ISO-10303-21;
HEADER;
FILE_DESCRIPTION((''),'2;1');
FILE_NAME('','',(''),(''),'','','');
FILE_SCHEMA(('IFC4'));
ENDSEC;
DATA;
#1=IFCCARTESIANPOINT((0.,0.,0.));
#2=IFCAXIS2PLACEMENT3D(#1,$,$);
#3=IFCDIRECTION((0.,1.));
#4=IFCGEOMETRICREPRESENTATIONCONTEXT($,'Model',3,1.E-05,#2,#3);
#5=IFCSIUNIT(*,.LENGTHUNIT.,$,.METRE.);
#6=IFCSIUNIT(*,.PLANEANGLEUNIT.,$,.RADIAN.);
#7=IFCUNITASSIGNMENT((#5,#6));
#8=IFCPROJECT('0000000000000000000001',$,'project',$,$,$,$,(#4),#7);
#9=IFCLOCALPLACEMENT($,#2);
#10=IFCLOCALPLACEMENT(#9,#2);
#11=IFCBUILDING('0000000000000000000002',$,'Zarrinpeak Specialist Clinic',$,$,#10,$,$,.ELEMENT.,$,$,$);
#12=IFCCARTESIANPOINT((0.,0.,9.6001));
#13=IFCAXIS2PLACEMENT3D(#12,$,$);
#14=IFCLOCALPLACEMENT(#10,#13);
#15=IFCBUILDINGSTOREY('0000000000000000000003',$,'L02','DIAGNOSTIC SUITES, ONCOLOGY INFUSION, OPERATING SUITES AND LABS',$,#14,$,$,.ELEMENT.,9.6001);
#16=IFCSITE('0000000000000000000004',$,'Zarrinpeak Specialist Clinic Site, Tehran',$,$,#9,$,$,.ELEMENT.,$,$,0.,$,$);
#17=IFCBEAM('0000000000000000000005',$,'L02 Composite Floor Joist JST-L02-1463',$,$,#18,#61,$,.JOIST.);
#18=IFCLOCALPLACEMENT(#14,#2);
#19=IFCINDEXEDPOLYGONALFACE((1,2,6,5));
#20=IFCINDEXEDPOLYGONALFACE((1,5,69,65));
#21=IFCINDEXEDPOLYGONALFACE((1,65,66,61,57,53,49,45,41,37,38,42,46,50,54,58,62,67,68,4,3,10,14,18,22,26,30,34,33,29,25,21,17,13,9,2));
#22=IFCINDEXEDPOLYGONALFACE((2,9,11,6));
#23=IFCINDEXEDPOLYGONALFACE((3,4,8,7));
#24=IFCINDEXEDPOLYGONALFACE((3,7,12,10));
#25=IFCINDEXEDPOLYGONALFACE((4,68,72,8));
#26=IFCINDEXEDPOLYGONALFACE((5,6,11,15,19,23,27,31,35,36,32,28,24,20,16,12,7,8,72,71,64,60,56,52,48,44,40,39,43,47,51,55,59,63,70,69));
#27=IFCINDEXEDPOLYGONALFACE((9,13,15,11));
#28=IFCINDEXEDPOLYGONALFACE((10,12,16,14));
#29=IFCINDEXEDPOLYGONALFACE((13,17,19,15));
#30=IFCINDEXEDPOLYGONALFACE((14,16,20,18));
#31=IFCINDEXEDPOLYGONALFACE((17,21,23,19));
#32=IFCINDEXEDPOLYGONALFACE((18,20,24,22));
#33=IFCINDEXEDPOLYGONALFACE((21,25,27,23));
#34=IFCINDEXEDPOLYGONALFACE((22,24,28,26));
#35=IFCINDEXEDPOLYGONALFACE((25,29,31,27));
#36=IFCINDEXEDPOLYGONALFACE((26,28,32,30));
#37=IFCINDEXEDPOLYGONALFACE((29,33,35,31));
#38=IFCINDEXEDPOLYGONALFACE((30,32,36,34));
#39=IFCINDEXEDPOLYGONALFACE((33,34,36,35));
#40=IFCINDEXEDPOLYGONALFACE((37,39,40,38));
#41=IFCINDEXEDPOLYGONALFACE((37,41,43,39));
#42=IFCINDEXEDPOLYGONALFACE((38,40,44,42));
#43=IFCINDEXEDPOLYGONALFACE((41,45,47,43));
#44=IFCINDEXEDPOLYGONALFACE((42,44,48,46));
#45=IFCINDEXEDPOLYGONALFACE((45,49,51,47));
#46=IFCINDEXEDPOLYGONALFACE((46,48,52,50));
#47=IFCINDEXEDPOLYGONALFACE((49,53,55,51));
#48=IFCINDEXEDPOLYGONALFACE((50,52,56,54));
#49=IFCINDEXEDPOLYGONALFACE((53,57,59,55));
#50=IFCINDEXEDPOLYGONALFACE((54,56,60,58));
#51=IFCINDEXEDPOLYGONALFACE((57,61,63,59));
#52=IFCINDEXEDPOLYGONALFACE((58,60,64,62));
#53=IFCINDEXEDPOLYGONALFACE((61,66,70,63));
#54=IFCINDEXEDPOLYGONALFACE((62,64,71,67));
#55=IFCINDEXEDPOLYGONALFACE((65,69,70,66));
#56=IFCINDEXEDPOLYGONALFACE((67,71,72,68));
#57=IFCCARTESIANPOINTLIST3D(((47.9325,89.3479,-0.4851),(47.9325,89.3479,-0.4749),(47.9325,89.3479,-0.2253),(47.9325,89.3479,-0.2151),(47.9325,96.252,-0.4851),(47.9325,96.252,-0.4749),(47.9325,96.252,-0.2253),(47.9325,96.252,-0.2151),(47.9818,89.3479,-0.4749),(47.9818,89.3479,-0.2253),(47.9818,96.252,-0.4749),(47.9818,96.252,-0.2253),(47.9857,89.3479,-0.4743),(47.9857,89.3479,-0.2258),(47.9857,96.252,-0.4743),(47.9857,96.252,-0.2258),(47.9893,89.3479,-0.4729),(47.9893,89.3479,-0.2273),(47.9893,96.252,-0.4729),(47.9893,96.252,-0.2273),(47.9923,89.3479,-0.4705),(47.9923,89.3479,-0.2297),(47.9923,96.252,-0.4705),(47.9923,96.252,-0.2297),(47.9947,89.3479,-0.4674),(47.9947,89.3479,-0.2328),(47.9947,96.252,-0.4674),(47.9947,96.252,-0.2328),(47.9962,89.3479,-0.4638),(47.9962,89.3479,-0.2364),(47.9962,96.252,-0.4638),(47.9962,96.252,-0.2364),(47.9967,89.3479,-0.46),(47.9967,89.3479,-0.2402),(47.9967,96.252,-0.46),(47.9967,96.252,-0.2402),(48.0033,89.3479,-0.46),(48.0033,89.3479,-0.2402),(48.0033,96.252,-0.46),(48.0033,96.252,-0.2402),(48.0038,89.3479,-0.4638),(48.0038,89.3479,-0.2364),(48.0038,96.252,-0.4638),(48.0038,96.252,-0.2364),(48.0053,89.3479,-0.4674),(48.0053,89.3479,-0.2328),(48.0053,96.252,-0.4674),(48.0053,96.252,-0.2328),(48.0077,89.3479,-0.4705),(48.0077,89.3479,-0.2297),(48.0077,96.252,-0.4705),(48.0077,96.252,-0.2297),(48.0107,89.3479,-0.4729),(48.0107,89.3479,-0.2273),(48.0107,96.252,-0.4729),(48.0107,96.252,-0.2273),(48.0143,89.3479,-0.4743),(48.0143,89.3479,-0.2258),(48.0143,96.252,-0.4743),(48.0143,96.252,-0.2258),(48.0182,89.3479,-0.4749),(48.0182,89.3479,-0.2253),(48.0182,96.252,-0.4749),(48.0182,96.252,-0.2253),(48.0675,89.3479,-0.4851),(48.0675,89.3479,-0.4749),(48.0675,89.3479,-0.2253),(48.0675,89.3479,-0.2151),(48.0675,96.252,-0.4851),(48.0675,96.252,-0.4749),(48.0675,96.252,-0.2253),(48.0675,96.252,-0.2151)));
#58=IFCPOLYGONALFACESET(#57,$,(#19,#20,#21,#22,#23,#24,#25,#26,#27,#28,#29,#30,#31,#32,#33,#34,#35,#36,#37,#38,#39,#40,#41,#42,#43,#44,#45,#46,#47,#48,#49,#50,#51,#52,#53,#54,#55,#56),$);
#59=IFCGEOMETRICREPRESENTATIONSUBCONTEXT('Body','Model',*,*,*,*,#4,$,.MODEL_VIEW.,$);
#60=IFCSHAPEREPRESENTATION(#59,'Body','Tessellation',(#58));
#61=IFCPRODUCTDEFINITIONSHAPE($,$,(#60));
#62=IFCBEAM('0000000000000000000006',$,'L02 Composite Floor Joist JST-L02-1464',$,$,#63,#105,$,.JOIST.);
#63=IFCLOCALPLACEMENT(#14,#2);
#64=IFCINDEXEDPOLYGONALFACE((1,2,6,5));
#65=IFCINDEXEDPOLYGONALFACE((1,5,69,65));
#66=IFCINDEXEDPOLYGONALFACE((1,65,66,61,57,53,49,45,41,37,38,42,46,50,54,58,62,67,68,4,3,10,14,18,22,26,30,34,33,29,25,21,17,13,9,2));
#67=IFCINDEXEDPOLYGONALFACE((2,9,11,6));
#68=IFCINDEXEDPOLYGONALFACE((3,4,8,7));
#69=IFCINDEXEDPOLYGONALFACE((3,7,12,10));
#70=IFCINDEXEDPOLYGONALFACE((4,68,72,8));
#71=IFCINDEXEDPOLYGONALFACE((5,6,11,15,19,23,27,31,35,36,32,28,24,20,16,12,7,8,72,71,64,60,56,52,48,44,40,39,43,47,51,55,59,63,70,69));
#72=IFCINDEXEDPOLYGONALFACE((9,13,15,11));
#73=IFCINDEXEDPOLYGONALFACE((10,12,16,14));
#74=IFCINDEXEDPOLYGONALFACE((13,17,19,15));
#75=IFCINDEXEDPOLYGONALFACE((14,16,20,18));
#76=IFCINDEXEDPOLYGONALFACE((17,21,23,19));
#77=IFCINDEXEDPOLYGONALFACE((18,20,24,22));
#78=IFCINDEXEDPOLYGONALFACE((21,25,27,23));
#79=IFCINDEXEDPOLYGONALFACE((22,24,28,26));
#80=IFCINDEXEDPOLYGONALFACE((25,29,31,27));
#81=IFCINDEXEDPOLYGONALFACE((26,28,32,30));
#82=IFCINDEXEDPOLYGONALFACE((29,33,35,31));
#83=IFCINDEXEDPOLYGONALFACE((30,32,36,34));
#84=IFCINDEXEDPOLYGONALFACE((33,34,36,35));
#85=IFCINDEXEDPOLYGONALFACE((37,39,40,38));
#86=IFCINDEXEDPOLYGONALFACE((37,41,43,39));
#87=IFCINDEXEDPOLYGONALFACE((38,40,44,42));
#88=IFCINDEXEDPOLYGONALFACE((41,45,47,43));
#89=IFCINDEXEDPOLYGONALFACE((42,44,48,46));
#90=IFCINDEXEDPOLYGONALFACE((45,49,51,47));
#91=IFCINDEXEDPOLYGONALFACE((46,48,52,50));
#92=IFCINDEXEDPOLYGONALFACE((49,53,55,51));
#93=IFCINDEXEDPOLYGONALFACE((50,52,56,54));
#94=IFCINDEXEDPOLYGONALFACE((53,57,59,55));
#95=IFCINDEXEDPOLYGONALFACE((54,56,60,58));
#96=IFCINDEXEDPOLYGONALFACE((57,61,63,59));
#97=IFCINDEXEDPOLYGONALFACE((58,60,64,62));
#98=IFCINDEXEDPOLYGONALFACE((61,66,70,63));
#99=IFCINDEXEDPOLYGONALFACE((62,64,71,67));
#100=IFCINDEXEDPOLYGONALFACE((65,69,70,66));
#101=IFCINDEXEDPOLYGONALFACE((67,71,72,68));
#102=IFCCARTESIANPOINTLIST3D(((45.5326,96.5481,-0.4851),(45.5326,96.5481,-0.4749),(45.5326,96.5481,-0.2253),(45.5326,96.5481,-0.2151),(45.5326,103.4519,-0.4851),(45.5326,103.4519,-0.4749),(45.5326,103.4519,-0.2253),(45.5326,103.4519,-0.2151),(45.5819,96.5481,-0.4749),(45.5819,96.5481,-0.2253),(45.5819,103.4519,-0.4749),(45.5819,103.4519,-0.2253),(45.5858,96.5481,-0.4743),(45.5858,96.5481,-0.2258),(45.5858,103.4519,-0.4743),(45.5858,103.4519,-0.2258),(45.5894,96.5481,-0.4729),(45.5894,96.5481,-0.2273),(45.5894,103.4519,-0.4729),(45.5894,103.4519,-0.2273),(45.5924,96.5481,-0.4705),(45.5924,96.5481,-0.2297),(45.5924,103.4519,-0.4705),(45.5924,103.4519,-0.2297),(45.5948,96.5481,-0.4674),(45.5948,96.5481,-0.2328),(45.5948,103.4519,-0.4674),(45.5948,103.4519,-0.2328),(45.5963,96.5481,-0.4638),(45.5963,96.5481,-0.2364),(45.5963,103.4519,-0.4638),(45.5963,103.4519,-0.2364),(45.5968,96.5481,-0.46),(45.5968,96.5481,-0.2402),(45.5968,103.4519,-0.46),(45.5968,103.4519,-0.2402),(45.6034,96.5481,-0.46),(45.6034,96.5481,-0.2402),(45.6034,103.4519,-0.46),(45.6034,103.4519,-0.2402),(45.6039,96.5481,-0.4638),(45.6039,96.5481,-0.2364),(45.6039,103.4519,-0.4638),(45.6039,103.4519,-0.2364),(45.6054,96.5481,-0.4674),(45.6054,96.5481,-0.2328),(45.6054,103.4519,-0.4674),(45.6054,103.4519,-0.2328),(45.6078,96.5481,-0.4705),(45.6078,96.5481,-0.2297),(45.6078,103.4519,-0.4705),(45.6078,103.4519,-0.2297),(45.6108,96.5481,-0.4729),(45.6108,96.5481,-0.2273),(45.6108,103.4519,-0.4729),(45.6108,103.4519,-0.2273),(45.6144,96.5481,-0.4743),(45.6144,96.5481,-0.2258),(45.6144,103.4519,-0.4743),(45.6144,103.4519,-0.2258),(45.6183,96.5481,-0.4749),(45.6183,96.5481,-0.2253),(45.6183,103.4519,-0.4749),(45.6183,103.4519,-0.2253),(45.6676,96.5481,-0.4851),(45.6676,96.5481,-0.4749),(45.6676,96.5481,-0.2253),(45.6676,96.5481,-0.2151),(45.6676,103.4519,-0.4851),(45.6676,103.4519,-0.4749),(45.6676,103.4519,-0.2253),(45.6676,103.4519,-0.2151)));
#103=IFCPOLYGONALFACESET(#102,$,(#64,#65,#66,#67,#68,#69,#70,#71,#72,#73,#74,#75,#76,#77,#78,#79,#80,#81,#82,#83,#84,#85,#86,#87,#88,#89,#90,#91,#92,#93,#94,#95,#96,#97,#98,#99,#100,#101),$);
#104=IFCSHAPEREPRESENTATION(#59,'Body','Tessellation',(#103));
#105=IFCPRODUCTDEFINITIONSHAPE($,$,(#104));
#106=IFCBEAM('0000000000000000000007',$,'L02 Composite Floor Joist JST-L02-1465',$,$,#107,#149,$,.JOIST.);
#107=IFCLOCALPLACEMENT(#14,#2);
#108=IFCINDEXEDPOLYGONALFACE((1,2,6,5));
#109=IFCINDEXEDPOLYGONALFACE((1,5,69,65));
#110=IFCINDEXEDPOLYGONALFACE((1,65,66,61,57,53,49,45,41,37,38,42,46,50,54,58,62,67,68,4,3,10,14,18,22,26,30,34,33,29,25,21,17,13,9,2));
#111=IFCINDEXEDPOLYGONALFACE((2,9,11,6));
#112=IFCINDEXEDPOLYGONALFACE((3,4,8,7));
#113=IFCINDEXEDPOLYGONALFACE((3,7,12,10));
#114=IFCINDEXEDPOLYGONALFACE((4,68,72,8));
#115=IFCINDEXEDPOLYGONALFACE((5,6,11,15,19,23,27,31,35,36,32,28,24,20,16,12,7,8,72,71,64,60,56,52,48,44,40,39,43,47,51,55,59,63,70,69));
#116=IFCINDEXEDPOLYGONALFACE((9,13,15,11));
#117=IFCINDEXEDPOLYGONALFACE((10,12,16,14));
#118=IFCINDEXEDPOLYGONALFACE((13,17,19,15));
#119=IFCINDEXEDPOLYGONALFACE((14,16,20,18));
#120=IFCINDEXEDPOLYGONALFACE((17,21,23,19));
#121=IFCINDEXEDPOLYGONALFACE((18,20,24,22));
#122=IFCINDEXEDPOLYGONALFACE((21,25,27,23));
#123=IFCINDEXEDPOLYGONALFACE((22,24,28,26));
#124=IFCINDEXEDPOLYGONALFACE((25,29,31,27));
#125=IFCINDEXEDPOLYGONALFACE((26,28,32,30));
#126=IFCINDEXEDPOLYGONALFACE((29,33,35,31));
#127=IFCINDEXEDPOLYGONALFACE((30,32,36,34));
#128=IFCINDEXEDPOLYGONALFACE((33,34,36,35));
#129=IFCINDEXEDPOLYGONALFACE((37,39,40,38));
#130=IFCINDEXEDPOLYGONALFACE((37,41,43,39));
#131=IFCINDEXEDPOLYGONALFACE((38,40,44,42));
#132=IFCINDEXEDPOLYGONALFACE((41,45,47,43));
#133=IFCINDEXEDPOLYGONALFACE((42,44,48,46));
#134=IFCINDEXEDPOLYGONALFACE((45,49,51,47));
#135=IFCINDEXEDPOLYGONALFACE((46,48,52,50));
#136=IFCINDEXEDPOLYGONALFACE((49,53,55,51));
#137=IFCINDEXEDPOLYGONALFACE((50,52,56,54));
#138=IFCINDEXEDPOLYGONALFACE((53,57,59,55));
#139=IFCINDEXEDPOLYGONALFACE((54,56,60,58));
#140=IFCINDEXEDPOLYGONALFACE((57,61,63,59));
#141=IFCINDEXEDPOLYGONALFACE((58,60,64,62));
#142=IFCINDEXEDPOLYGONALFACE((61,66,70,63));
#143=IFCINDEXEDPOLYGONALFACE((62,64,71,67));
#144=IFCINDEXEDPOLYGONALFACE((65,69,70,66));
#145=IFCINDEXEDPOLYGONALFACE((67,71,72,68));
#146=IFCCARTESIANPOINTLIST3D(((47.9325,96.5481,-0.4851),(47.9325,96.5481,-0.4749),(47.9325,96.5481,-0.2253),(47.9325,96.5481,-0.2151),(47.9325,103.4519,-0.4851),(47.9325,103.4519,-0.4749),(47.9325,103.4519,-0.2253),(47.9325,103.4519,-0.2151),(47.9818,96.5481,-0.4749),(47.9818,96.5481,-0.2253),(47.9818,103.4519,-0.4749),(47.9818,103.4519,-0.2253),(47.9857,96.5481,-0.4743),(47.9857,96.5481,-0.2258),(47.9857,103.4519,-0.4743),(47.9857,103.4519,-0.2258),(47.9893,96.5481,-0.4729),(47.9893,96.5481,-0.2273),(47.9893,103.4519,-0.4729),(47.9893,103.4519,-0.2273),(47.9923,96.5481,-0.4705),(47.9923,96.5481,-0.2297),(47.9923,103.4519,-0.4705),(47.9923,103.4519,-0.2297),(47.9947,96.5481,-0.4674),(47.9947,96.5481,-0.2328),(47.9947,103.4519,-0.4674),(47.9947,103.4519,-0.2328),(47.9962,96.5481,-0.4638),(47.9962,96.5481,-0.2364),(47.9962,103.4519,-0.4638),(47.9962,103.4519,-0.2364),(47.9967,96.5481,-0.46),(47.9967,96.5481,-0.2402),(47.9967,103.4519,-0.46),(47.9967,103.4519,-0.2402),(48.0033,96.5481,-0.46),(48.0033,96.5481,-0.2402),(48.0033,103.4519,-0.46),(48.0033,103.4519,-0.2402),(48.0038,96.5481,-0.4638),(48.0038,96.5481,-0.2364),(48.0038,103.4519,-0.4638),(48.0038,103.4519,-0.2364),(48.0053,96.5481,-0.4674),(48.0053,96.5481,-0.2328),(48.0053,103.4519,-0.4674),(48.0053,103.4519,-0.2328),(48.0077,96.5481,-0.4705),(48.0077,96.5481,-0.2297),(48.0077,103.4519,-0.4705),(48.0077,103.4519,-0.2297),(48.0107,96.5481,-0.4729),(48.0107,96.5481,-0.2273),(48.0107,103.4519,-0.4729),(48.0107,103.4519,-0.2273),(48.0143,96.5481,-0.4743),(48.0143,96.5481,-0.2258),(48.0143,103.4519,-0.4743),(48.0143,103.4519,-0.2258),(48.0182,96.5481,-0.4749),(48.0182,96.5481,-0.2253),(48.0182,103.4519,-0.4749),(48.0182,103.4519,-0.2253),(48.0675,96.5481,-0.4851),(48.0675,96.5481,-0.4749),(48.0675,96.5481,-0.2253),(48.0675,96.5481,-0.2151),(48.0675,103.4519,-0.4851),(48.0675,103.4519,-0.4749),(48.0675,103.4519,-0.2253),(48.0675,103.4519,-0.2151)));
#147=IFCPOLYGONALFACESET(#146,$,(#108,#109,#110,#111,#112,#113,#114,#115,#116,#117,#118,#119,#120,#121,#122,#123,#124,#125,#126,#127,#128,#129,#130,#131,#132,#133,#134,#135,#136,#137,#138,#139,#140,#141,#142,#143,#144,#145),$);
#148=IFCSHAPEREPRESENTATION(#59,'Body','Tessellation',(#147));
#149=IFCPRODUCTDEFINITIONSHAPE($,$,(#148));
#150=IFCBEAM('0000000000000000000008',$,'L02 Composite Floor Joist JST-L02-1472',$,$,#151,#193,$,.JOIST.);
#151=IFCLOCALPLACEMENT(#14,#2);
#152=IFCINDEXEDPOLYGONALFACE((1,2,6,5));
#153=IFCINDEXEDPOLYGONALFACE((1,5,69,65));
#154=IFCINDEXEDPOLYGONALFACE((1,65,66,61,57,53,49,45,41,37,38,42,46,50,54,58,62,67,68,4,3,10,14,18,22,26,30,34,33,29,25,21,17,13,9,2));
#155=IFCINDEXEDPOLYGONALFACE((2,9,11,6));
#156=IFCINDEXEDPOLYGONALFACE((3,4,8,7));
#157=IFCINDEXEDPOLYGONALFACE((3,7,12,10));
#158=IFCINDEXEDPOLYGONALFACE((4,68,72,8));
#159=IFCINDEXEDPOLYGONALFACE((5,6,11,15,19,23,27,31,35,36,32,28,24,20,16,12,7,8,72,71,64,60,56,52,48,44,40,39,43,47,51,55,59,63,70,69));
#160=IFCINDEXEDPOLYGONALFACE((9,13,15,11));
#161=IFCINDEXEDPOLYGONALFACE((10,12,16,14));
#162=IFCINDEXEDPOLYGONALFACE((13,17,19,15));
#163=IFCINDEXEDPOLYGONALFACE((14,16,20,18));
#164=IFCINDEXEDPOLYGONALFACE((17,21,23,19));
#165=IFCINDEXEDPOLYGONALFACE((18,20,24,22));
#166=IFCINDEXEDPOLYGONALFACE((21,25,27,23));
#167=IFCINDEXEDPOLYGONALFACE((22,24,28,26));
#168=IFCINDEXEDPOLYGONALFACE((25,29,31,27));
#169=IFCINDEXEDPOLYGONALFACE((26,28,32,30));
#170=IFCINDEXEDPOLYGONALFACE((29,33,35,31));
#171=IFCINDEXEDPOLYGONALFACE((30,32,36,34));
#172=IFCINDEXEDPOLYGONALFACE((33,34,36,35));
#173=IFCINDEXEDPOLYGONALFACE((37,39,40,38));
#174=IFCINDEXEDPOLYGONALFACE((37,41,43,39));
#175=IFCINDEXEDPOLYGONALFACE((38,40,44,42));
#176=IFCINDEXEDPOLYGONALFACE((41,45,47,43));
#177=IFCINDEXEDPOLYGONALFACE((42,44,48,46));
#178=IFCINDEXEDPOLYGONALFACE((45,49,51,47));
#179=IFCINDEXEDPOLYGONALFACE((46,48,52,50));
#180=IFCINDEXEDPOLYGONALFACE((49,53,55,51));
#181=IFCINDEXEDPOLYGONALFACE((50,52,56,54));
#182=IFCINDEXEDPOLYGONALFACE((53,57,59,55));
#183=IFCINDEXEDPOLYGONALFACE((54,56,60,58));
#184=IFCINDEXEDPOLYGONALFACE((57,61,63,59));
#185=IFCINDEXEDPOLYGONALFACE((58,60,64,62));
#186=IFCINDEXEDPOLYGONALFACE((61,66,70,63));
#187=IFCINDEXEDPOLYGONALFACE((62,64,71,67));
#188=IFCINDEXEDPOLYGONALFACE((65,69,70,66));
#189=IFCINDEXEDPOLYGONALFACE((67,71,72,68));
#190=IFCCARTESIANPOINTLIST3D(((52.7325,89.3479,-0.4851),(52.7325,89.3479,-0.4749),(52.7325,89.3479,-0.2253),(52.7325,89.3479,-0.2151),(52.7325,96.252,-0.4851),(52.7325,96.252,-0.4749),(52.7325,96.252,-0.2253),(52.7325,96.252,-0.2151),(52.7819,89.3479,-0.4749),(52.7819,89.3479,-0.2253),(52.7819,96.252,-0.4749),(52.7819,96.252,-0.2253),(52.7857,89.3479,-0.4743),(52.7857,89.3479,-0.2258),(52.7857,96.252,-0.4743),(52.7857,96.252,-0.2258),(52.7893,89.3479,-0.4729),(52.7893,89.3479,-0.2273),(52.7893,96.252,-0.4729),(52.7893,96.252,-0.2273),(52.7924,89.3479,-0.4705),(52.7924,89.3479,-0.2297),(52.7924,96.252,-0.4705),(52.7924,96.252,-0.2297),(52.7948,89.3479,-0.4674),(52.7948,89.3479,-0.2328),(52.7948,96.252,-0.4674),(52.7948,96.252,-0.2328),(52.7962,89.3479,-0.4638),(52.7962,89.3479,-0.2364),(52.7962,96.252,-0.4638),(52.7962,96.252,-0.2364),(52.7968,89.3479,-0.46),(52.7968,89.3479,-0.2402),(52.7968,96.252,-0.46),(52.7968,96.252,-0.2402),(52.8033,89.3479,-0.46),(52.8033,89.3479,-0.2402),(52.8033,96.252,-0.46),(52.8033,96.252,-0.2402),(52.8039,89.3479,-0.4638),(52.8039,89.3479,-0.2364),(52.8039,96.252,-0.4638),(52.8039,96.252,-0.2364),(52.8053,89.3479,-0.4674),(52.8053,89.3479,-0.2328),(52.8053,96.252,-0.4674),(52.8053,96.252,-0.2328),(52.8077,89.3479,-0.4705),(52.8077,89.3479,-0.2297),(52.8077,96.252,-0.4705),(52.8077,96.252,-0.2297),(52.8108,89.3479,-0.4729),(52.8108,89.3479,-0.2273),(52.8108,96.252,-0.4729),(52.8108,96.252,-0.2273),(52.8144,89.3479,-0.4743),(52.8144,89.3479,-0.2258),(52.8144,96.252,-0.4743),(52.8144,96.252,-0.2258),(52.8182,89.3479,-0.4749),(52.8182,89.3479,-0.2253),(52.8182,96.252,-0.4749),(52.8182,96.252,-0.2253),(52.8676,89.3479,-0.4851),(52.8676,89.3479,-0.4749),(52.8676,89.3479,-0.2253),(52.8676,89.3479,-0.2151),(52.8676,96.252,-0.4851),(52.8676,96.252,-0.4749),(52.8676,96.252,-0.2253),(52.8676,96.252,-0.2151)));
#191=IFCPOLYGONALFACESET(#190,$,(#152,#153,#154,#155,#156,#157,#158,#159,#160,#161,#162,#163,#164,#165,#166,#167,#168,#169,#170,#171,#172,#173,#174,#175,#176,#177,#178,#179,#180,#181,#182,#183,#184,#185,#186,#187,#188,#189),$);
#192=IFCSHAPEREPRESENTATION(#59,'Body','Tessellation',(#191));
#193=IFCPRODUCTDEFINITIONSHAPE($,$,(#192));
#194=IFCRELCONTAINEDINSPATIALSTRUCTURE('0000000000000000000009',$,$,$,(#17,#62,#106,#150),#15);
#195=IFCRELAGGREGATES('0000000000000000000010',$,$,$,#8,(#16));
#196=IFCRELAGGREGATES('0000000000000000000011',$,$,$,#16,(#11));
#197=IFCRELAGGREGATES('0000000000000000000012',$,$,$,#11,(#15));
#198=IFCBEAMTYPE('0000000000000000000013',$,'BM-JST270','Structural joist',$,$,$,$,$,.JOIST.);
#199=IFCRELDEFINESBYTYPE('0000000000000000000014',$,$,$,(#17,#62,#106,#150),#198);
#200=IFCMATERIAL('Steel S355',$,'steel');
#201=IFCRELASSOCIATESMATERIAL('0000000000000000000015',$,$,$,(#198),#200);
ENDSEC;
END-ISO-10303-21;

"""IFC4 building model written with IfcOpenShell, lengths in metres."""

from ifc_helpers import new_model, si_unit, direction, frame, origin, origin_2d, place, context, subcontext, project, spatial, i_section, extrude, material, material_profile, profile_set, type_object, element, save


model = new_model("IFC4")

# Units and contexts
model_context = context("Model", 3, precision=1e-05, world=origin(), true_north=direction((0.0, 1.0)))
body_context = subcontext(model_context, "Body", "Model", "MODEL_VIEW")
ifc_project = project(units=[si_unit("LENGTHUNIT", "METRE"), si_unit("PLANEANGLEUNIT", "RADIAN")], contexts=[model_context])

# Site, building, storey
site_placement = place(None, origin())
site = spatial("IfcSite", under=ifc_project, at=site_placement, Name="Zarrinpeak Specialist Clinic Site, Tehran", CompositionType="ELEMENT", RefElevation=0.0)
building_placement = place(site_placement, origin())
building = spatial("IfcBuilding", under=site, at=building_placement, Name="Zarrinpeak Specialist Clinic", CompositionType="ELEMENT")
storey_placement = place(building_placement, frame((0.0, 0.0, 9.6001)))
storey = spatial("IfcBuildingStorey", under=building, at=storey_placement, Name="L02", Description="DIAGNOSTIC SUITES, ONCOLOGY INFUSION, OPERATING SUITES AND LABS", CompositionType="ELEMENT", Elevation=9.6001)

# Shared definitions
ifc_material_1 = material(Name="Steel S355", Category="steel")

# Beams
ifc_material_profile_1 = material_profile(ifc_material_1, i_section(OverallWidth=0.135, OverallDepth=0.27, WebThickness=0.0066, FlangeThickness=0.0103, FilletRadius=0.0149, at=origin_2d()), Name="IPE 270")
ifc_profile_set_1 = profile_set([ifc_material_profile_1], Name="Steel S355")
beam_type_1 = type_object("IfcBeamType", Name="BM-JST270", Description="Structural joist", PredefinedType="JOIST", material=ifc_profile_set_1)
for number, where, z_axis, x_axis, name in (
    (1, (48.0, 89.3479, -0.3501), (0.0, 1.0, 0.0), (-1.0, 0.0, 0.0), "L02 Composite Floor Joist JST-L02-1463"),
):
    element("IfcBeam", number, at=place(storey_placement, frame(where, z_axis=z_axis, x_axis=x_axis)), inside=storey, type_object=beam_type_1, Name=name, PredefinedType="JOIST", context=body_context, shape_type="SweptSolid", body=[
        extrude(i_section(OverallWidth=0.135, OverallDepth=0.27, WebThickness=0.0066, FlangeThickness=0.0103, FilletRadius=0.0149, at=origin_2d()), origin(), (0.0, 0.0, 1.0), 6.9041),
    ])
for number, where, z_axis, x_axis, name in (
    (2, (45.6001, 96.5481, -0.3501), (0.0, 1.0, 0.0), (-1.0, 0.0, 0.0), "L02 Composite Floor Joist JST-L02-1464"),
    (3, (48.0, 96.5481, -0.3501), (0.0, 1.0, 0.0), (-1.0, 0.0, 0.0), "L02 Composite Floor Joist JST-L02-1465"),
):
    element("IfcBeam", number, at=place(storey_placement, frame(where, z_axis=z_axis, x_axis=x_axis)), inside=storey, type_object=beam_type_1, Name=name, PredefinedType="JOIST", context=body_context, shape_type="SweptSolid", body=[
        extrude(i_section(OverallWidth=0.135, OverallDepth=0.27, WebThickness=0.0066, FlangeThickness=0.0103, FilletRadius=0.0149, at=origin_2d()), origin(), (0.0, 0.0, 1.0), 6.9038),
    ])
for number, where, z_axis, x_axis, name in (
    (4, (52.8, 89.3479, -0.3501), (0.0, 1.0, 0.0), (-1.0, 0.0, 0.0), "L02 Composite Floor Joist JST-L02-1472"),
):
    element("IfcBeam", number, at=place(storey_placement, frame(where, z_axis=z_axis, x_axis=x_axis)), inside=storey, type_object=beam_type_1, Name=name, PredefinedType="JOIST", context=body_context, shape_type="SweptSolid", body=[
        extrude(i_section(OverallWidth=0.135, OverallDepth=0.27, WebThickness=0.0066, FlangeThickness=0.0103, FilletRadius=0.0149, at=origin_2d()), origin(), (0.0, 0.0, 1.0), 6.9041),
    ])

save(model, "model.ifc")
